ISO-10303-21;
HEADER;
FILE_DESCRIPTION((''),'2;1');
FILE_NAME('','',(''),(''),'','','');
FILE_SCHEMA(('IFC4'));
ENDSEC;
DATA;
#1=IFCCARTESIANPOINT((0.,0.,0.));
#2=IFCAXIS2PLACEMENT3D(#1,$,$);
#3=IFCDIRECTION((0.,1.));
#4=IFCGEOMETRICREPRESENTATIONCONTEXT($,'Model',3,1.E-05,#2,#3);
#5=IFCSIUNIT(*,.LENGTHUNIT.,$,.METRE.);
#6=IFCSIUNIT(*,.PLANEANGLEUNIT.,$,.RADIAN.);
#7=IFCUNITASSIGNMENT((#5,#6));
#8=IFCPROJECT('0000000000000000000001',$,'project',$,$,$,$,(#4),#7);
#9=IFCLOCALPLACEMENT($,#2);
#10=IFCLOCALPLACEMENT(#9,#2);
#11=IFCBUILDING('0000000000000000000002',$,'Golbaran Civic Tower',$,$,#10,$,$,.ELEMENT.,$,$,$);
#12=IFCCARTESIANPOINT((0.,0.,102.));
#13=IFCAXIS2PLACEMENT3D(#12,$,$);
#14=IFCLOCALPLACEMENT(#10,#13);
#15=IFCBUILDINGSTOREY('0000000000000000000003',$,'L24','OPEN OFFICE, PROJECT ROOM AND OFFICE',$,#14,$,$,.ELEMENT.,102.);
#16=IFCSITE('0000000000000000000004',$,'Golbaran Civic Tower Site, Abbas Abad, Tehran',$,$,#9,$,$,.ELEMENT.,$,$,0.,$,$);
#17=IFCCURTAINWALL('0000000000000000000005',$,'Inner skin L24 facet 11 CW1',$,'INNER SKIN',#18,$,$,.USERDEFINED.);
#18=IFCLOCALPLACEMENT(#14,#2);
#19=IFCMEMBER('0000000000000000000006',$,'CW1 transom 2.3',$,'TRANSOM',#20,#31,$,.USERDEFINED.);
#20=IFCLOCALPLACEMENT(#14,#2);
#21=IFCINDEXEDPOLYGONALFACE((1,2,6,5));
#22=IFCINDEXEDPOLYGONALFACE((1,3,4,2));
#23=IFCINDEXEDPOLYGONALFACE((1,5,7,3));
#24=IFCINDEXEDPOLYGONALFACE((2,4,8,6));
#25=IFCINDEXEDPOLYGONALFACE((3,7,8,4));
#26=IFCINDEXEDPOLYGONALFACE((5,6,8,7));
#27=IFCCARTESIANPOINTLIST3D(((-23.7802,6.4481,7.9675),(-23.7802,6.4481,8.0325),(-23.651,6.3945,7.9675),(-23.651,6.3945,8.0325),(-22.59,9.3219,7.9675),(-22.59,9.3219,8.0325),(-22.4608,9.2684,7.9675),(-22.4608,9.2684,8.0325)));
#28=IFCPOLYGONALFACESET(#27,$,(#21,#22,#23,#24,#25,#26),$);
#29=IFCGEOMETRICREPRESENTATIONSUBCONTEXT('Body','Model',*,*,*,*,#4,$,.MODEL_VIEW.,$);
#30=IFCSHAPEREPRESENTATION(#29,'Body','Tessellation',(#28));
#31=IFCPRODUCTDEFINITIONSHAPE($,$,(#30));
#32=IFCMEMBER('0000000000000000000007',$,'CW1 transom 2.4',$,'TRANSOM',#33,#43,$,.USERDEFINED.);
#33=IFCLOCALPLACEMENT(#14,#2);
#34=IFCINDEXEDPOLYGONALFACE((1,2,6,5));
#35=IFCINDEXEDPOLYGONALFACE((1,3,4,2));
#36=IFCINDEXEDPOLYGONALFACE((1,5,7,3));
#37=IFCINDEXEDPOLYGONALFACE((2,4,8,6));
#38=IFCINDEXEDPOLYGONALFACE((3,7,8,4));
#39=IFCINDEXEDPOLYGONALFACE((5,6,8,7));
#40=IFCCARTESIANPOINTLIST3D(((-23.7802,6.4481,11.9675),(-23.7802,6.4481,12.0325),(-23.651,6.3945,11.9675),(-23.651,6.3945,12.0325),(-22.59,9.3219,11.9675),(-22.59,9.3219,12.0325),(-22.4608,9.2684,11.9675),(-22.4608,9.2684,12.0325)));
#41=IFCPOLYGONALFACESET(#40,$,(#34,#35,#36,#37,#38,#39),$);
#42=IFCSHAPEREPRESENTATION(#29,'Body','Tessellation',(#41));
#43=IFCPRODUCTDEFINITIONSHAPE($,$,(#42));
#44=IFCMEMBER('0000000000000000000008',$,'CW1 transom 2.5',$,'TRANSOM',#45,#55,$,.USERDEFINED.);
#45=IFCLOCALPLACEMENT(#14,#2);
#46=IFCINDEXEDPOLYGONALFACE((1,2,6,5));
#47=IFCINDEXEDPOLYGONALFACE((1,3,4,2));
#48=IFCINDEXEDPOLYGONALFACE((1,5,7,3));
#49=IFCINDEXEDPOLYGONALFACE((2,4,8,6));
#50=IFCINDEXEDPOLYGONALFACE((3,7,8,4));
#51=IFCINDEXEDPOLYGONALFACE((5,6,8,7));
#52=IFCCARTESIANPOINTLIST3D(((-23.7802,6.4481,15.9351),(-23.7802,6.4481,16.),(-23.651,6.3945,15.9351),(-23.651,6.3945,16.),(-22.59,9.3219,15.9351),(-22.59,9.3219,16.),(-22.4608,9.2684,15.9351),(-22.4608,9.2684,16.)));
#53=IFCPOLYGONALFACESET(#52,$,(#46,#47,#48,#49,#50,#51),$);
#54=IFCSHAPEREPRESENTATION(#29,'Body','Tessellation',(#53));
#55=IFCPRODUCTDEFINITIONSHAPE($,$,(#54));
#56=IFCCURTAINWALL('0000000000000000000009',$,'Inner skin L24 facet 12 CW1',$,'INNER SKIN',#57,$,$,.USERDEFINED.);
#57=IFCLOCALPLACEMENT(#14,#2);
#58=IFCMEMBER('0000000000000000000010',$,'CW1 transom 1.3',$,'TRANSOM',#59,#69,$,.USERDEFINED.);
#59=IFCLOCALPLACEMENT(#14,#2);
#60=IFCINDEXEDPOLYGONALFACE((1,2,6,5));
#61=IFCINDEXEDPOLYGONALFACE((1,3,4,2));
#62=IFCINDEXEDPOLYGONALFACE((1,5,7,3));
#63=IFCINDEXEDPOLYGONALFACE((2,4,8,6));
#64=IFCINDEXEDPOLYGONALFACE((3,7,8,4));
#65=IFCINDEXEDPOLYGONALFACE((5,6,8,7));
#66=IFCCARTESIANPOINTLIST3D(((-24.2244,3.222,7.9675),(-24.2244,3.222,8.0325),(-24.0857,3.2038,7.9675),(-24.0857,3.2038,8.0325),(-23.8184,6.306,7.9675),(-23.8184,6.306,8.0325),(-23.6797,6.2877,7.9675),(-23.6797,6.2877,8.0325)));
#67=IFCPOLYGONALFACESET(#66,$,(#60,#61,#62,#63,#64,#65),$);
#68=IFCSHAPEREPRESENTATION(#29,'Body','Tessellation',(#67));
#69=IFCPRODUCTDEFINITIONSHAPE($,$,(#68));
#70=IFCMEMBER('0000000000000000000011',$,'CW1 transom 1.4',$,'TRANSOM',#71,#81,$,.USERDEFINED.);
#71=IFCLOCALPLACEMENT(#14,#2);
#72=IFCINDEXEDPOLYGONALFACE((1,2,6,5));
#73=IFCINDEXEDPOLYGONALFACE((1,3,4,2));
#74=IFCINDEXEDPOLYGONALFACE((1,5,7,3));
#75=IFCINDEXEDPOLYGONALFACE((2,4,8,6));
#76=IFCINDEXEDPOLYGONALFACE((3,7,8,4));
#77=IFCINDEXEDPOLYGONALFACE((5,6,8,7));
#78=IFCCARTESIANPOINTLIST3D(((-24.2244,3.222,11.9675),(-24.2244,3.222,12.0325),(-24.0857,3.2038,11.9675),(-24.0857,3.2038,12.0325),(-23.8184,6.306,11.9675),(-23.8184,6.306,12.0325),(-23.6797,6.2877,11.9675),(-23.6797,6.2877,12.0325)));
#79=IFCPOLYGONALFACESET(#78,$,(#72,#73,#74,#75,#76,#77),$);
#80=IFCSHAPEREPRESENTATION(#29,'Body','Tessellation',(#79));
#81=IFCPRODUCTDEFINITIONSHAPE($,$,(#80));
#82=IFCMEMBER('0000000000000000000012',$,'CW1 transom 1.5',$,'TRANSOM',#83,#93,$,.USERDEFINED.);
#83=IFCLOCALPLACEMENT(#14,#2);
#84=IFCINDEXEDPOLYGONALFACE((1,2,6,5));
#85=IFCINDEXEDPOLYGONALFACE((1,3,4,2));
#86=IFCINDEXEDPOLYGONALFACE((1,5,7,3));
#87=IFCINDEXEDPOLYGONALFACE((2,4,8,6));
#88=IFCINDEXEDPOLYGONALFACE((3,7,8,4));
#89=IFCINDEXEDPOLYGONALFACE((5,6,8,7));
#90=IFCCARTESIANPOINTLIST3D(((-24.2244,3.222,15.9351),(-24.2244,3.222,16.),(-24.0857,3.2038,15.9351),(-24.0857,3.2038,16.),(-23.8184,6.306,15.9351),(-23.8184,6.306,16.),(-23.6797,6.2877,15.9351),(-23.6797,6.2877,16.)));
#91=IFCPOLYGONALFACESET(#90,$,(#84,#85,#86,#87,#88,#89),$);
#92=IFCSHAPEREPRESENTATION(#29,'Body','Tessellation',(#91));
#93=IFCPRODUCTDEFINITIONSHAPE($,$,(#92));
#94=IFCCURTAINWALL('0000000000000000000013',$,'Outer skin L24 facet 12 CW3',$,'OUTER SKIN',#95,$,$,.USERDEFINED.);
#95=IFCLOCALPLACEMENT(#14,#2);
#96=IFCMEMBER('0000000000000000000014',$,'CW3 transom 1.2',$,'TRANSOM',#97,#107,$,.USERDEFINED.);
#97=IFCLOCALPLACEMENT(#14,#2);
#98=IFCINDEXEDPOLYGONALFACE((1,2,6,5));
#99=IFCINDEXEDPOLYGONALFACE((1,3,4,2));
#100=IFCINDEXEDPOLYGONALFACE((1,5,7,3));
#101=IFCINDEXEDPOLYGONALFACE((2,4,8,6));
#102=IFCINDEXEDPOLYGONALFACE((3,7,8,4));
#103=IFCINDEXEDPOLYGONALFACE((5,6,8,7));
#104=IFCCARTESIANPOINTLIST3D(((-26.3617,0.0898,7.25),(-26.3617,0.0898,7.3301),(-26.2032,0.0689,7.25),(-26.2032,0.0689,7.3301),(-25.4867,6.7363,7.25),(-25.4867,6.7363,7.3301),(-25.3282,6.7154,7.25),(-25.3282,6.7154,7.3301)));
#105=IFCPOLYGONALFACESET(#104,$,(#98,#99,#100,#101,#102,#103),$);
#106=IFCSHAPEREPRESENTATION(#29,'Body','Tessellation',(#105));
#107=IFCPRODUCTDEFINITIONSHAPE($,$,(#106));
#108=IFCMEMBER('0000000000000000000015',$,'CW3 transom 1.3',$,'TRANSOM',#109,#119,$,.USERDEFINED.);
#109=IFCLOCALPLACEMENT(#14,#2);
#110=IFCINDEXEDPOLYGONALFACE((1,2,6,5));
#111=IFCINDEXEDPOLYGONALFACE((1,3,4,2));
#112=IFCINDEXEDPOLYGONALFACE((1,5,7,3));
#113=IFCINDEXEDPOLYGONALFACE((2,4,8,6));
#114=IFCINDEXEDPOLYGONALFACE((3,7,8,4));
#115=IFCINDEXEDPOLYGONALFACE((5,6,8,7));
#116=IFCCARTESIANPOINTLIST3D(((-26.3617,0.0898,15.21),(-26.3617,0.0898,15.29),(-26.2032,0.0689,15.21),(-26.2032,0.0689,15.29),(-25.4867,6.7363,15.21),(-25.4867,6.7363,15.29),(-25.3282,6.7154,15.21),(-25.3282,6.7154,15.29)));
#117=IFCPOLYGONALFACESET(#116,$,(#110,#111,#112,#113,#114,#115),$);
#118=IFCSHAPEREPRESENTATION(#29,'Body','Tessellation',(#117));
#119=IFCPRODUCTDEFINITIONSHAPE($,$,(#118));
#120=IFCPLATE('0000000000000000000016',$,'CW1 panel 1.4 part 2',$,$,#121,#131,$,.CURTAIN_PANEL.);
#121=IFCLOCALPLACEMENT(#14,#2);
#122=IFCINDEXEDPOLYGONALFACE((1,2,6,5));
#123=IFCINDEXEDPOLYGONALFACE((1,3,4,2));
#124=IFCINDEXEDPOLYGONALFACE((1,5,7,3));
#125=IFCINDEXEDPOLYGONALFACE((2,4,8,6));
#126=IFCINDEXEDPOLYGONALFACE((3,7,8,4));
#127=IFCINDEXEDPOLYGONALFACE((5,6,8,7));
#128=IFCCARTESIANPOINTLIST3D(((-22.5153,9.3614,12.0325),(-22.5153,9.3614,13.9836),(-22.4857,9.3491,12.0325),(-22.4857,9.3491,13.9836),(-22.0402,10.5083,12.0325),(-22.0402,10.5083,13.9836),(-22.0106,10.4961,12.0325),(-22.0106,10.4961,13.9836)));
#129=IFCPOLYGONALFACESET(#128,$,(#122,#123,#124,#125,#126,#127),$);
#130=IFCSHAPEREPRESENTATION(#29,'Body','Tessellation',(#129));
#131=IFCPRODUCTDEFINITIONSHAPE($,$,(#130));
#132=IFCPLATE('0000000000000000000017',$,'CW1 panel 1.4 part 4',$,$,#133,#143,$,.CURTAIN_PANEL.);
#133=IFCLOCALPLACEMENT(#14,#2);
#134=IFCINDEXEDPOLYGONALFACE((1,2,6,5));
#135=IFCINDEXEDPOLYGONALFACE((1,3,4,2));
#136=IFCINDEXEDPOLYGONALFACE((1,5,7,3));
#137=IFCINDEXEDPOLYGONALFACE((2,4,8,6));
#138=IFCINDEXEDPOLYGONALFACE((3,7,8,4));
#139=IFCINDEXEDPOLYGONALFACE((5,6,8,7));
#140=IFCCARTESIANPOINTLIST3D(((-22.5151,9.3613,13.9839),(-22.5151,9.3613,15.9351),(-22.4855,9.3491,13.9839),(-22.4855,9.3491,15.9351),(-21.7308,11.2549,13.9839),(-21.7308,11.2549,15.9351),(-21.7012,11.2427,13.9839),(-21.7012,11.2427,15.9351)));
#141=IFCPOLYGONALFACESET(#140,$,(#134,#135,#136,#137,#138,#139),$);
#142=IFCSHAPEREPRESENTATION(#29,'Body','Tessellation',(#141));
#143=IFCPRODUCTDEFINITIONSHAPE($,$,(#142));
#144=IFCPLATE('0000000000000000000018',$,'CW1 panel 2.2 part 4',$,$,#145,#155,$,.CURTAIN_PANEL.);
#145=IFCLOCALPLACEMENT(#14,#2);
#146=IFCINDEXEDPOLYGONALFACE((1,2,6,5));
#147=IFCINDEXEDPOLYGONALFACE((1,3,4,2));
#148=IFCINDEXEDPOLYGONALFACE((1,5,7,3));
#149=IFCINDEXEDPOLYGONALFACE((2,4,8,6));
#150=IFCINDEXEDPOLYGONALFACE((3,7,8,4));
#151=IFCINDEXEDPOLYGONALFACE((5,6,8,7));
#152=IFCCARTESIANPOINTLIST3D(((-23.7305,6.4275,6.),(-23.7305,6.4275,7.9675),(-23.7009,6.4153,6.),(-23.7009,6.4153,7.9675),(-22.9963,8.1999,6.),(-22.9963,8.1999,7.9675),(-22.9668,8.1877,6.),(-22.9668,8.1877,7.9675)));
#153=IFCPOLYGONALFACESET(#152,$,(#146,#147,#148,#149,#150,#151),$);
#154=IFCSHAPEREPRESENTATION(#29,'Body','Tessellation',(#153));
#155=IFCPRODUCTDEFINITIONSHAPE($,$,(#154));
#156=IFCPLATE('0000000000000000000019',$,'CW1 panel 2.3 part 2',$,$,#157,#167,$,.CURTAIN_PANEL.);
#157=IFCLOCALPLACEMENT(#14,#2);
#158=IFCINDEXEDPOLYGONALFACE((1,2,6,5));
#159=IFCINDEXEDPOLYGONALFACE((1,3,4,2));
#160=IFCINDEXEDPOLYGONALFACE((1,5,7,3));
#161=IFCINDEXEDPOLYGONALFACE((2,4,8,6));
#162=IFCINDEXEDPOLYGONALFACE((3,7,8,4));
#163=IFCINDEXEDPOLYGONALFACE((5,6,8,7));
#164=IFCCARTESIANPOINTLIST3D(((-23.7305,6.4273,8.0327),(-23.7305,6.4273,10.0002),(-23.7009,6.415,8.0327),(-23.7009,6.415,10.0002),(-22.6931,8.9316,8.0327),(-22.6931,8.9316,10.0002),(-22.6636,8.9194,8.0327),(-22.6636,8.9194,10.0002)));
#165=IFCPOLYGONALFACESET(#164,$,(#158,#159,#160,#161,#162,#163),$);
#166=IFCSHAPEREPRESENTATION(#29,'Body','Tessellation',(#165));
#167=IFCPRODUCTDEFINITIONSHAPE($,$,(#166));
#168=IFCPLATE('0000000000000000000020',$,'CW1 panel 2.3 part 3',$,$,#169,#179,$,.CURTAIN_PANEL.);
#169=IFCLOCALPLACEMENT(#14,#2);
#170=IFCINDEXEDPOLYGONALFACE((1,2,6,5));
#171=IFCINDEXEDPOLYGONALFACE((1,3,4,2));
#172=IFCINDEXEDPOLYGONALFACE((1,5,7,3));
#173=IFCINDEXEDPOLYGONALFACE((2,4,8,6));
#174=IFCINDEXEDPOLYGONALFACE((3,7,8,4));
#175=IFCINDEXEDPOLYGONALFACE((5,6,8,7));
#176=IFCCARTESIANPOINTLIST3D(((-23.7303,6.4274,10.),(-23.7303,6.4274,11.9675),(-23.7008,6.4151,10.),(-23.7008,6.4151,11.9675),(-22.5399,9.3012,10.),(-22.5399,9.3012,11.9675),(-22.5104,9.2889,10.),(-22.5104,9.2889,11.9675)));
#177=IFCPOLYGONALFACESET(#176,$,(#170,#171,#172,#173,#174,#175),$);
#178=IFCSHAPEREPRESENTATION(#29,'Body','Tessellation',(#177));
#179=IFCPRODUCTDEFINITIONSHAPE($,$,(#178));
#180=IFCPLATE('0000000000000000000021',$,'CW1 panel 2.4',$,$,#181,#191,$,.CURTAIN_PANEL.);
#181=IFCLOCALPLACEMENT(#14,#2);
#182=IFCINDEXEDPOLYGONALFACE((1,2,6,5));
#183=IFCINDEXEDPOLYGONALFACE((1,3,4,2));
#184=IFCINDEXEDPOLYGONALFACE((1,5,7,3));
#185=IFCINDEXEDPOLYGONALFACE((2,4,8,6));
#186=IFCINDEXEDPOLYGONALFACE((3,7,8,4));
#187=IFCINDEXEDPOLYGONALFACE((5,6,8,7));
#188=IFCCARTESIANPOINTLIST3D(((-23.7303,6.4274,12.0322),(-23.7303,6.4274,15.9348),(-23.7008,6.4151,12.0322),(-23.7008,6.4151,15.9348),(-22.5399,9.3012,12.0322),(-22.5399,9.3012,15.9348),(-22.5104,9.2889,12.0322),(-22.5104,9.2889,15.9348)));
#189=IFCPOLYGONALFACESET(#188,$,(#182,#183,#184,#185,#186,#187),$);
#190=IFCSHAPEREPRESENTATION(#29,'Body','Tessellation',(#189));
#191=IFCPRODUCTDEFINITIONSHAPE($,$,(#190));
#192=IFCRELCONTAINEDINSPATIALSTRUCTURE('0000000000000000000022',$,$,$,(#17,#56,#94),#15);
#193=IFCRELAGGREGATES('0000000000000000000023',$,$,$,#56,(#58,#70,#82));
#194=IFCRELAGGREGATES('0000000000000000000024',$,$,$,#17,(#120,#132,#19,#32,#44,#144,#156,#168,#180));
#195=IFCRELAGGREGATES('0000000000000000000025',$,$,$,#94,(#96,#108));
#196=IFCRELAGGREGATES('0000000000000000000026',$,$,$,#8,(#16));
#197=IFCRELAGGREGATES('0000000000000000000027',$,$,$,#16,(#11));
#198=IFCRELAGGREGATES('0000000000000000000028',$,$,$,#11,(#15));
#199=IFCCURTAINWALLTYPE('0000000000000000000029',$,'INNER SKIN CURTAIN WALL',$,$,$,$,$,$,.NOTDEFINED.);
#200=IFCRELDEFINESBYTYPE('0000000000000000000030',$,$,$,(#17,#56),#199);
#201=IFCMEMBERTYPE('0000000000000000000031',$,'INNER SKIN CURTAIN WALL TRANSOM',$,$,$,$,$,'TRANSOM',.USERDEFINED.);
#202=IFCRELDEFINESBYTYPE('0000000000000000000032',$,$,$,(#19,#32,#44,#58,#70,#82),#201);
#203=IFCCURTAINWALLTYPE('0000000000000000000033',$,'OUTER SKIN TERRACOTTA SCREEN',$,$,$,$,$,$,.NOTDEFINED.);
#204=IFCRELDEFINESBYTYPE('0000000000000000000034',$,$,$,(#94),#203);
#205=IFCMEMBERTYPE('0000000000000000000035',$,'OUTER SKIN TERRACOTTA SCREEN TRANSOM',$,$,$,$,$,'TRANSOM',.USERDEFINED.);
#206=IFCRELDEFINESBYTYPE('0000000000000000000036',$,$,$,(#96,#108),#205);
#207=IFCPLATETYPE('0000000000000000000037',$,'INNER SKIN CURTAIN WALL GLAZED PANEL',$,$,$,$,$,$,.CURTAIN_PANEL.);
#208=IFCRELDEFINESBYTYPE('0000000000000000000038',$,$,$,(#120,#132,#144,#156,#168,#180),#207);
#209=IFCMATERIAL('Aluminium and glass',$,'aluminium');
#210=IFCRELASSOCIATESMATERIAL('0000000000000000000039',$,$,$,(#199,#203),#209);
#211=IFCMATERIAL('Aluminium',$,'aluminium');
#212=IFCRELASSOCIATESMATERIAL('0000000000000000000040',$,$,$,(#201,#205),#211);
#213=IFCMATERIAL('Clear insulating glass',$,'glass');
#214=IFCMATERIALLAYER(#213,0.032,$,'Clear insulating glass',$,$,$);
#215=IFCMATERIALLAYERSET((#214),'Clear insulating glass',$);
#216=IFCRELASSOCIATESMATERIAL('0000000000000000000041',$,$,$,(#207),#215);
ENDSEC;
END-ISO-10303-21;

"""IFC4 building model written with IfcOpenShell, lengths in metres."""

from ifc_helpers import new_model, si_unit, direction, frame, origin, origin_2d, place, context, subcontext, project, spatial, rectangle, extrude, material, layer, layer_set, material_profile, profile_set, type_object, element, aggregate, save


model = new_model("IFC4")

# Units and contexts
model_context = context("Model", 3, precision=1e-05, world=origin(), true_north=direction((0.0, 1.0)))
body_context = subcontext(model_context, "Body", "Model", "MODEL_VIEW")
ifc_project = project(units=[si_unit("LENGTHUNIT", "METRE"), si_unit("PLANEANGLEUNIT", "RADIAN")], contexts=[model_context])

# Site, building, storey
site_placement = place(None, origin())
site = spatial("IfcSite", under=ifc_project, at=site_placement, Name="Golbaran Civic Tower Site, Abbas Abad, Tehran", CompositionType="ELEMENT", RefElevation=0.0)
building_placement = place(site_placement, origin())
building = spatial("IfcBuilding", under=site, at=building_placement, Name="Golbaran Civic Tower", CompositionType="ELEMENT")
storey_placement = place(building_placement, frame((0.0, 0.0, 102.0)))
storey = spatial("IfcBuildingStorey", under=building, at=storey_placement, Name="L24", Description="OPEN OFFICE, PROJECT ROOM AND OFFICE", CompositionType="ELEMENT", Elevation=102.0)

# Curtain walls, members
ifc_material_1 = material(Name="Aluminium and glass", Category="aluminium")
curtain_wall_type_1 = type_object("IfcCurtainWallType", Name="INNER SKIN CURTAIN WALL", PredefinedType="NOTDEFINED", material=ifc_material_1)
curtain_wall_1_placement = place(storey_placement, origin())
curtain_wall_1 = element("IfcCurtainWall", 1, at=curtain_wall_1_placement, inside=storey, type_object=curtain_wall_type_1, Name="Inner skin L24 facet 11 CW1", ObjectType="INNER SKIN", PredefinedType="USERDEFINED")
ifc_material_2 = material(Name="Aluminium", Category="aluminium")
ifc_material_profile_1 = material_profile(ifc_material_2, rectangle(XDim=0.1399, YDim=0.0649, at=origin_2d()), Name="INNER SKIN CURTAIN WALL TRANSOM")
ifc_profile_set_1 = profile_set([ifc_material_profile_1], Name="Aluminium")
member_type_1 = type_object("IfcMemberType", Name="INNER SKIN CURTAIN WALL TRANSOM", ElementType="TRANSOM", PredefinedType="USERDEFINED", material=ifc_profile_set_1)
member_1_placement = place(storey_placement, frame((-22.5254, 9.2952, 8.0), z_axis=(-0.382636, -0.923899, 0.0), x_axis=(0.923899, -0.382636, 0.0)))
member_1 = element("IfcMember", 2, at=member_1_placement, type_object=member_type_1, Name="CW1 transom 2.3", ObjectType="TRANSOM", PredefinedType="USERDEFINED", context=body_context, shape_type="SweptSolid", body=[
    extrude(rectangle(XDim=0.1399, YDim=0.0649, at=origin_2d()), origin(), (0.0, 0.0, 1.0), 3.1106),
])
member_2_placement = place(storey_placement, frame((-22.5254, 9.2952, 12.0), z_axis=(-0.382636, -0.923899, 0.0), x_axis=(0.923899, -0.382636, 0.0)))
member_2 = element("IfcMember", 3, at=member_2_placement, type_object=member_type_1, Name="CW1 transom 2.4", ObjectType="TRANSOM", PredefinedType="USERDEFINED", context=body_context, shape_type="SweptSolid", body=[
    extrude(rectangle(XDim=0.1399, YDim=0.0649, at=origin_2d()), origin(), (0.0, 0.0, 1.0), 3.1106),
])
member_3_placement = place(storey_placement, frame((-22.5254, 9.2952, 15.9675), z_axis=(-0.382636, -0.923899, 0.0), x_axis=(0.923899, -0.382636, 0.0)))
member_3 = element("IfcMember", 4, at=member_3_placement, type_object=member_type_1, Name="CW1 transom 2.5", ObjectType="TRANSOM", PredefinedType="USERDEFINED", context=body_context, shape_type="SweptSolid", body=[
    extrude(rectangle(XDim=0.1399, YDim=0.0649, at=origin_2d()), origin(), (0.0, 0.0, 1.0), 3.1106),
])
curtain_wall_2_placement = place(storey_placement, origin())
curtain_wall_2 = element("IfcCurtainWall", 5, at=curtain_wall_2_placement, inside=storey, type_object=curtain_wall_type_1, Name="Inner skin L24 facet 12 CW1", ObjectType="INNER SKIN", PredefinedType="USERDEFINED")
member_4_placement = place(storey_placement, frame((-23.749, 6.2969, 8.0), z_axis=(-0.130524, -0.991445, 0.0), x_axis=(0.991445, -0.130524, 0.0)))
member_4 = element("IfcMember", 6, at=member_4_placement, type_object=member_type_1, Name="CW1 transom 1.3", ObjectType="TRANSOM", PredefinedType="USERDEFINED", context=body_context, shape_type="SweptSolid", body=[
    extrude(rectangle(XDim=0.1399, YDim=0.0649, at=origin_2d()), origin(), (0.0, 0.0, 1.0), 3.1106),
])
member_5_placement = place(storey_placement, frame((-23.749, 6.2969, 12.0), z_axis=(-0.130524, -0.991445, 0.0), x_axis=(0.991445, -0.130524, 0.0)))
member_5 = element("IfcMember", 7, at=member_5_placement, type_object=member_type_1, Name="CW1 transom 1.4", ObjectType="TRANSOM", PredefinedType="USERDEFINED", context=body_context, shape_type="SweptSolid", body=[
    extrude(rectangle(XDim=0.1399, YDim=0.0649, at=origin_2d()), origin(), (0.0, 0.0, 1.0), 3.1106),
])
member_6_placement = place(storey_placement, frame((-23.749, 6.2969, 15.9675), z_axis=(-0.130524, -0.991445, 0.0), x_axis=(0.991445, -0.130524, 0.0)))
member_6 = element("IfcMember", 8, at=member_6_placement, type_object=member_type_1, Name="CW1 transom 1.5", ObjectType="TRANSOM", PredefinedType="USERDEFINED", context=body_context, shape_type="SweptSolid", body=[
    extrude(rectangle(XDim=0.1399, YDim=0.0649, at=origin_2d()), origin(), (0.0, 0.0, 1.0), 3.1106),
])
curtain_wall_type_2 = type_object("IfcCurtainWallType", Name="OUTER SKIN TERRACOTTA SCREEN", PredefinedType="NOTDEFINED", material=ifc_material_1)
curtain_wall_3_placement = place(storey_placement, origin())
curtain_wall_3 = element("IfcCurtainWall", 9, at=curtain_wall_3_placement, inside=storey, type_object=curtain_wall_type_2, Name="Outer skin L24 facet 12 CW3", ObjectType="OUTER SKIN", PredefinedType="USERDEFINED")
ifc_material_profile_2 = material_profile(ifc_material_2, rectangle(XDim=0.1599, YDim=0.0801, at=origin_2d()), Name="OUTER SKIN TERRACOTTA SCREEN TRANSOM")
ifc_profile_set_2 = profile_set([ifc_material_profile_2], Name="Aluminium")
member_type_2 = type_object("IfcMemberType", Name="OUTER SKIN TERRACOTTA SCREEN TRANSOM", ElementType="TRANSOM", PredefinedType="USERDEFINED", material=ifc_profile_set_2)
member_7_placement = place(storey_placement, frame((-25.4075, 6.7258, 7.29), z_axis=(-0.130522, -0.991445, 0.0), x_axis=(0.991445, -0.130522, 0.0)))
member_7 = element("IfcMember", 10, at=member_7_placement, type_object=member_type_2, Name="CW3 transom 1.2", ObjectType="TRANSOM", PredefinedType="USERDEFINED", context=body_context, shape_type="SweptSolid", body=[
    extrude(rectangle(XDim=0.1599, YDim=0.0801, at=origin_2d()), origin(), (0.0, 0.0, 1.0), 6.7039),
])
member_8_placement = place(storey_placement, frame((-25.4075, 6.7258, 15.25), z_axis=(-0.130522, -0.991445, 0.0), x_axis=(0.991445, -0.130522, 0.0)))
member_8 = element("IfcMember", 11, at=member_8_placement, type_object=member_type_2, Name="CW3 transom 1.3", ObjectType="TRANSOM", PredefinedType="USERDEFINED", context=body_context, shape_type="SweptSolid", body=[
    extrude(rectangle(XDim=0.1599, YDim=0.0801, at=origin_2d()), origin(), (0.0, 0.0, 1.0), 6.7039),
])

# Plates
ifc_material_3 = material(Name="Clear insulating glass", Category="glass")
ifc_layer_1 = layer(ifc_material_3, 0.032, Name="Clear insulating glass")
ifc_layer_set_1 = layer_set([ifc_layer_1], Name="Clear insulating glass")
plate_type_1 = type_object("IfcPlateType", Name="INNER SKIN CURTAIN WALL GLAZED PANEL", PredefinedType="CURTAIN_PANEL", material=ifc_layer_set_1)
plate_1_placement = place(storey_placement, frame((-22.2629, 9.9287, 12.0325), z_axis=(0.0, 0.0, 1.0), x_axis=(-0.382683, -0.92388, 0.0)))
plate_1 = element("IfcPlate", 12, at=plate_1_placement, type_object=plate_type_1, Name="CW1 panel 1.4 part 2", PredefinedType="CURTAIN_PANEL", context=body_context, shape_type="SweptSolid", body=[
    extrude(rectangle(XDim=1.2415, YDim=0.032, at=origin_2d()), origin(), (0.0, 0.0, 1.0), 1.9512),
])
plate_2_placement = place(storey_placement, frame((-22.1082, 10.302, 13.9839), z_axis=(0.0, 0.0, 1.0), x_axis=(-0.382683, -0.92388, 0.0)))
plate_2 = element("IfcPlate", 13, at=plate_2_placement, type_object=plate_type_1, Name="CW1 panel 1.4 part 4", PredefinedType="CURTAIN_PANEL", context=body_context, shape_type="SweptSolid", body=[
    extrude(rectangle(XDim=2.0496, YDim=0.032, at=origin_2d()), origin(), (0.0, 0.0, 1.0), 1.9512),
])
plate_3_placement = place(storey_placement, frame((-23.3486, 7.3076, 6.0), z_axis=(0.0, 0.0, 1.0), x_axis=(-0.382683, -0.92388, 0.0)))
plate_3 = element("IfcPlate", 14, at=plate_3_placement, type_object=plate_type_1, Name="CW1 panel 2.2 part 4", PredefinedType="CURTAIN_PANEL", context=body_context, shape_type="SweptSolid", body=[
    extrude(rectangle(XDim=1.9185, YDim=0.032, at=origin_2d()), origin(), (0.0, 0.0, 1.0), 1.9675),
])
plate_4_placement = place(storey_placement, frame((-23.197, 7.6733, 8.0327), z_axis=(0.0, 0.0, 1.0), x_axis=(-0.382683, -0.92388, 0.0)))
plate_4 = element("IfcPlate", 15, at=plate_4_placement, type_object=plate_type_1, Name="CW1 panel 2.3 part 2", PredefinedType="CURTAIN_PANEL", context=body_context, shape_type="SweptSolid", body=[
    extrude(rectangle(XDim=2.7107, YDim=0.032, at=origin_2d()), origin(), (0.0, 0.0, 1.0), 1.9675),
])
plate_5_placement = place(storey_placement, frame((-23.1204, 7.8582, 10.0), z_axis=(0.0, 0.0, 1.0), x_axis=(-0.382683, -0.92388, 0.0)))
plate_5 = element("IfcPlate", 16, at=plate_5_placement, type_object=plate_type_1, Name="CW1 panel 2.3 part 3", PredefinedType="CURTAIN_PANEL", context=body_context, shape_type="SweptSolid", body=[
    extrude(rectangle(XDim=3.1106, YDim=0.032, at=origin_2d()), origin(), (0.0, 0.0, 1.0), 1.9675),
])
plate_6_placement = place(storey_placement, frame((-23.1204, 7.8582, 12.0322), z_axis=(0.0, 0.0, 1.0), x_axis=(-0.382683, -0.92388, 0.0)))
plate_6 = element("IfcPlate", 17, at=plate_6_placement, type_object=plate_type_1, Name="CW1 panel 2.4", PredefinedType="CURTAIN_PANEL", context=body_context, shape_type="SweptSolid", body=[
    extrude(rectangle(XDim=3.1106, YDim=0.032, at=origin_2d()), origin(), (0.0, 0.0, 1.0), 3.9026),
])
aggregate(curtain_wall_2, [member_4, member_5, member_6])
aggregate(curtain_wall_1, [plate_1, plate_2, member_1, member_2, member_3, plate_3, plate_4, plate_5, plate_6])
aggregate(curtain_wall_3, [member_7, member_8])

save(model, "model.ifc")
